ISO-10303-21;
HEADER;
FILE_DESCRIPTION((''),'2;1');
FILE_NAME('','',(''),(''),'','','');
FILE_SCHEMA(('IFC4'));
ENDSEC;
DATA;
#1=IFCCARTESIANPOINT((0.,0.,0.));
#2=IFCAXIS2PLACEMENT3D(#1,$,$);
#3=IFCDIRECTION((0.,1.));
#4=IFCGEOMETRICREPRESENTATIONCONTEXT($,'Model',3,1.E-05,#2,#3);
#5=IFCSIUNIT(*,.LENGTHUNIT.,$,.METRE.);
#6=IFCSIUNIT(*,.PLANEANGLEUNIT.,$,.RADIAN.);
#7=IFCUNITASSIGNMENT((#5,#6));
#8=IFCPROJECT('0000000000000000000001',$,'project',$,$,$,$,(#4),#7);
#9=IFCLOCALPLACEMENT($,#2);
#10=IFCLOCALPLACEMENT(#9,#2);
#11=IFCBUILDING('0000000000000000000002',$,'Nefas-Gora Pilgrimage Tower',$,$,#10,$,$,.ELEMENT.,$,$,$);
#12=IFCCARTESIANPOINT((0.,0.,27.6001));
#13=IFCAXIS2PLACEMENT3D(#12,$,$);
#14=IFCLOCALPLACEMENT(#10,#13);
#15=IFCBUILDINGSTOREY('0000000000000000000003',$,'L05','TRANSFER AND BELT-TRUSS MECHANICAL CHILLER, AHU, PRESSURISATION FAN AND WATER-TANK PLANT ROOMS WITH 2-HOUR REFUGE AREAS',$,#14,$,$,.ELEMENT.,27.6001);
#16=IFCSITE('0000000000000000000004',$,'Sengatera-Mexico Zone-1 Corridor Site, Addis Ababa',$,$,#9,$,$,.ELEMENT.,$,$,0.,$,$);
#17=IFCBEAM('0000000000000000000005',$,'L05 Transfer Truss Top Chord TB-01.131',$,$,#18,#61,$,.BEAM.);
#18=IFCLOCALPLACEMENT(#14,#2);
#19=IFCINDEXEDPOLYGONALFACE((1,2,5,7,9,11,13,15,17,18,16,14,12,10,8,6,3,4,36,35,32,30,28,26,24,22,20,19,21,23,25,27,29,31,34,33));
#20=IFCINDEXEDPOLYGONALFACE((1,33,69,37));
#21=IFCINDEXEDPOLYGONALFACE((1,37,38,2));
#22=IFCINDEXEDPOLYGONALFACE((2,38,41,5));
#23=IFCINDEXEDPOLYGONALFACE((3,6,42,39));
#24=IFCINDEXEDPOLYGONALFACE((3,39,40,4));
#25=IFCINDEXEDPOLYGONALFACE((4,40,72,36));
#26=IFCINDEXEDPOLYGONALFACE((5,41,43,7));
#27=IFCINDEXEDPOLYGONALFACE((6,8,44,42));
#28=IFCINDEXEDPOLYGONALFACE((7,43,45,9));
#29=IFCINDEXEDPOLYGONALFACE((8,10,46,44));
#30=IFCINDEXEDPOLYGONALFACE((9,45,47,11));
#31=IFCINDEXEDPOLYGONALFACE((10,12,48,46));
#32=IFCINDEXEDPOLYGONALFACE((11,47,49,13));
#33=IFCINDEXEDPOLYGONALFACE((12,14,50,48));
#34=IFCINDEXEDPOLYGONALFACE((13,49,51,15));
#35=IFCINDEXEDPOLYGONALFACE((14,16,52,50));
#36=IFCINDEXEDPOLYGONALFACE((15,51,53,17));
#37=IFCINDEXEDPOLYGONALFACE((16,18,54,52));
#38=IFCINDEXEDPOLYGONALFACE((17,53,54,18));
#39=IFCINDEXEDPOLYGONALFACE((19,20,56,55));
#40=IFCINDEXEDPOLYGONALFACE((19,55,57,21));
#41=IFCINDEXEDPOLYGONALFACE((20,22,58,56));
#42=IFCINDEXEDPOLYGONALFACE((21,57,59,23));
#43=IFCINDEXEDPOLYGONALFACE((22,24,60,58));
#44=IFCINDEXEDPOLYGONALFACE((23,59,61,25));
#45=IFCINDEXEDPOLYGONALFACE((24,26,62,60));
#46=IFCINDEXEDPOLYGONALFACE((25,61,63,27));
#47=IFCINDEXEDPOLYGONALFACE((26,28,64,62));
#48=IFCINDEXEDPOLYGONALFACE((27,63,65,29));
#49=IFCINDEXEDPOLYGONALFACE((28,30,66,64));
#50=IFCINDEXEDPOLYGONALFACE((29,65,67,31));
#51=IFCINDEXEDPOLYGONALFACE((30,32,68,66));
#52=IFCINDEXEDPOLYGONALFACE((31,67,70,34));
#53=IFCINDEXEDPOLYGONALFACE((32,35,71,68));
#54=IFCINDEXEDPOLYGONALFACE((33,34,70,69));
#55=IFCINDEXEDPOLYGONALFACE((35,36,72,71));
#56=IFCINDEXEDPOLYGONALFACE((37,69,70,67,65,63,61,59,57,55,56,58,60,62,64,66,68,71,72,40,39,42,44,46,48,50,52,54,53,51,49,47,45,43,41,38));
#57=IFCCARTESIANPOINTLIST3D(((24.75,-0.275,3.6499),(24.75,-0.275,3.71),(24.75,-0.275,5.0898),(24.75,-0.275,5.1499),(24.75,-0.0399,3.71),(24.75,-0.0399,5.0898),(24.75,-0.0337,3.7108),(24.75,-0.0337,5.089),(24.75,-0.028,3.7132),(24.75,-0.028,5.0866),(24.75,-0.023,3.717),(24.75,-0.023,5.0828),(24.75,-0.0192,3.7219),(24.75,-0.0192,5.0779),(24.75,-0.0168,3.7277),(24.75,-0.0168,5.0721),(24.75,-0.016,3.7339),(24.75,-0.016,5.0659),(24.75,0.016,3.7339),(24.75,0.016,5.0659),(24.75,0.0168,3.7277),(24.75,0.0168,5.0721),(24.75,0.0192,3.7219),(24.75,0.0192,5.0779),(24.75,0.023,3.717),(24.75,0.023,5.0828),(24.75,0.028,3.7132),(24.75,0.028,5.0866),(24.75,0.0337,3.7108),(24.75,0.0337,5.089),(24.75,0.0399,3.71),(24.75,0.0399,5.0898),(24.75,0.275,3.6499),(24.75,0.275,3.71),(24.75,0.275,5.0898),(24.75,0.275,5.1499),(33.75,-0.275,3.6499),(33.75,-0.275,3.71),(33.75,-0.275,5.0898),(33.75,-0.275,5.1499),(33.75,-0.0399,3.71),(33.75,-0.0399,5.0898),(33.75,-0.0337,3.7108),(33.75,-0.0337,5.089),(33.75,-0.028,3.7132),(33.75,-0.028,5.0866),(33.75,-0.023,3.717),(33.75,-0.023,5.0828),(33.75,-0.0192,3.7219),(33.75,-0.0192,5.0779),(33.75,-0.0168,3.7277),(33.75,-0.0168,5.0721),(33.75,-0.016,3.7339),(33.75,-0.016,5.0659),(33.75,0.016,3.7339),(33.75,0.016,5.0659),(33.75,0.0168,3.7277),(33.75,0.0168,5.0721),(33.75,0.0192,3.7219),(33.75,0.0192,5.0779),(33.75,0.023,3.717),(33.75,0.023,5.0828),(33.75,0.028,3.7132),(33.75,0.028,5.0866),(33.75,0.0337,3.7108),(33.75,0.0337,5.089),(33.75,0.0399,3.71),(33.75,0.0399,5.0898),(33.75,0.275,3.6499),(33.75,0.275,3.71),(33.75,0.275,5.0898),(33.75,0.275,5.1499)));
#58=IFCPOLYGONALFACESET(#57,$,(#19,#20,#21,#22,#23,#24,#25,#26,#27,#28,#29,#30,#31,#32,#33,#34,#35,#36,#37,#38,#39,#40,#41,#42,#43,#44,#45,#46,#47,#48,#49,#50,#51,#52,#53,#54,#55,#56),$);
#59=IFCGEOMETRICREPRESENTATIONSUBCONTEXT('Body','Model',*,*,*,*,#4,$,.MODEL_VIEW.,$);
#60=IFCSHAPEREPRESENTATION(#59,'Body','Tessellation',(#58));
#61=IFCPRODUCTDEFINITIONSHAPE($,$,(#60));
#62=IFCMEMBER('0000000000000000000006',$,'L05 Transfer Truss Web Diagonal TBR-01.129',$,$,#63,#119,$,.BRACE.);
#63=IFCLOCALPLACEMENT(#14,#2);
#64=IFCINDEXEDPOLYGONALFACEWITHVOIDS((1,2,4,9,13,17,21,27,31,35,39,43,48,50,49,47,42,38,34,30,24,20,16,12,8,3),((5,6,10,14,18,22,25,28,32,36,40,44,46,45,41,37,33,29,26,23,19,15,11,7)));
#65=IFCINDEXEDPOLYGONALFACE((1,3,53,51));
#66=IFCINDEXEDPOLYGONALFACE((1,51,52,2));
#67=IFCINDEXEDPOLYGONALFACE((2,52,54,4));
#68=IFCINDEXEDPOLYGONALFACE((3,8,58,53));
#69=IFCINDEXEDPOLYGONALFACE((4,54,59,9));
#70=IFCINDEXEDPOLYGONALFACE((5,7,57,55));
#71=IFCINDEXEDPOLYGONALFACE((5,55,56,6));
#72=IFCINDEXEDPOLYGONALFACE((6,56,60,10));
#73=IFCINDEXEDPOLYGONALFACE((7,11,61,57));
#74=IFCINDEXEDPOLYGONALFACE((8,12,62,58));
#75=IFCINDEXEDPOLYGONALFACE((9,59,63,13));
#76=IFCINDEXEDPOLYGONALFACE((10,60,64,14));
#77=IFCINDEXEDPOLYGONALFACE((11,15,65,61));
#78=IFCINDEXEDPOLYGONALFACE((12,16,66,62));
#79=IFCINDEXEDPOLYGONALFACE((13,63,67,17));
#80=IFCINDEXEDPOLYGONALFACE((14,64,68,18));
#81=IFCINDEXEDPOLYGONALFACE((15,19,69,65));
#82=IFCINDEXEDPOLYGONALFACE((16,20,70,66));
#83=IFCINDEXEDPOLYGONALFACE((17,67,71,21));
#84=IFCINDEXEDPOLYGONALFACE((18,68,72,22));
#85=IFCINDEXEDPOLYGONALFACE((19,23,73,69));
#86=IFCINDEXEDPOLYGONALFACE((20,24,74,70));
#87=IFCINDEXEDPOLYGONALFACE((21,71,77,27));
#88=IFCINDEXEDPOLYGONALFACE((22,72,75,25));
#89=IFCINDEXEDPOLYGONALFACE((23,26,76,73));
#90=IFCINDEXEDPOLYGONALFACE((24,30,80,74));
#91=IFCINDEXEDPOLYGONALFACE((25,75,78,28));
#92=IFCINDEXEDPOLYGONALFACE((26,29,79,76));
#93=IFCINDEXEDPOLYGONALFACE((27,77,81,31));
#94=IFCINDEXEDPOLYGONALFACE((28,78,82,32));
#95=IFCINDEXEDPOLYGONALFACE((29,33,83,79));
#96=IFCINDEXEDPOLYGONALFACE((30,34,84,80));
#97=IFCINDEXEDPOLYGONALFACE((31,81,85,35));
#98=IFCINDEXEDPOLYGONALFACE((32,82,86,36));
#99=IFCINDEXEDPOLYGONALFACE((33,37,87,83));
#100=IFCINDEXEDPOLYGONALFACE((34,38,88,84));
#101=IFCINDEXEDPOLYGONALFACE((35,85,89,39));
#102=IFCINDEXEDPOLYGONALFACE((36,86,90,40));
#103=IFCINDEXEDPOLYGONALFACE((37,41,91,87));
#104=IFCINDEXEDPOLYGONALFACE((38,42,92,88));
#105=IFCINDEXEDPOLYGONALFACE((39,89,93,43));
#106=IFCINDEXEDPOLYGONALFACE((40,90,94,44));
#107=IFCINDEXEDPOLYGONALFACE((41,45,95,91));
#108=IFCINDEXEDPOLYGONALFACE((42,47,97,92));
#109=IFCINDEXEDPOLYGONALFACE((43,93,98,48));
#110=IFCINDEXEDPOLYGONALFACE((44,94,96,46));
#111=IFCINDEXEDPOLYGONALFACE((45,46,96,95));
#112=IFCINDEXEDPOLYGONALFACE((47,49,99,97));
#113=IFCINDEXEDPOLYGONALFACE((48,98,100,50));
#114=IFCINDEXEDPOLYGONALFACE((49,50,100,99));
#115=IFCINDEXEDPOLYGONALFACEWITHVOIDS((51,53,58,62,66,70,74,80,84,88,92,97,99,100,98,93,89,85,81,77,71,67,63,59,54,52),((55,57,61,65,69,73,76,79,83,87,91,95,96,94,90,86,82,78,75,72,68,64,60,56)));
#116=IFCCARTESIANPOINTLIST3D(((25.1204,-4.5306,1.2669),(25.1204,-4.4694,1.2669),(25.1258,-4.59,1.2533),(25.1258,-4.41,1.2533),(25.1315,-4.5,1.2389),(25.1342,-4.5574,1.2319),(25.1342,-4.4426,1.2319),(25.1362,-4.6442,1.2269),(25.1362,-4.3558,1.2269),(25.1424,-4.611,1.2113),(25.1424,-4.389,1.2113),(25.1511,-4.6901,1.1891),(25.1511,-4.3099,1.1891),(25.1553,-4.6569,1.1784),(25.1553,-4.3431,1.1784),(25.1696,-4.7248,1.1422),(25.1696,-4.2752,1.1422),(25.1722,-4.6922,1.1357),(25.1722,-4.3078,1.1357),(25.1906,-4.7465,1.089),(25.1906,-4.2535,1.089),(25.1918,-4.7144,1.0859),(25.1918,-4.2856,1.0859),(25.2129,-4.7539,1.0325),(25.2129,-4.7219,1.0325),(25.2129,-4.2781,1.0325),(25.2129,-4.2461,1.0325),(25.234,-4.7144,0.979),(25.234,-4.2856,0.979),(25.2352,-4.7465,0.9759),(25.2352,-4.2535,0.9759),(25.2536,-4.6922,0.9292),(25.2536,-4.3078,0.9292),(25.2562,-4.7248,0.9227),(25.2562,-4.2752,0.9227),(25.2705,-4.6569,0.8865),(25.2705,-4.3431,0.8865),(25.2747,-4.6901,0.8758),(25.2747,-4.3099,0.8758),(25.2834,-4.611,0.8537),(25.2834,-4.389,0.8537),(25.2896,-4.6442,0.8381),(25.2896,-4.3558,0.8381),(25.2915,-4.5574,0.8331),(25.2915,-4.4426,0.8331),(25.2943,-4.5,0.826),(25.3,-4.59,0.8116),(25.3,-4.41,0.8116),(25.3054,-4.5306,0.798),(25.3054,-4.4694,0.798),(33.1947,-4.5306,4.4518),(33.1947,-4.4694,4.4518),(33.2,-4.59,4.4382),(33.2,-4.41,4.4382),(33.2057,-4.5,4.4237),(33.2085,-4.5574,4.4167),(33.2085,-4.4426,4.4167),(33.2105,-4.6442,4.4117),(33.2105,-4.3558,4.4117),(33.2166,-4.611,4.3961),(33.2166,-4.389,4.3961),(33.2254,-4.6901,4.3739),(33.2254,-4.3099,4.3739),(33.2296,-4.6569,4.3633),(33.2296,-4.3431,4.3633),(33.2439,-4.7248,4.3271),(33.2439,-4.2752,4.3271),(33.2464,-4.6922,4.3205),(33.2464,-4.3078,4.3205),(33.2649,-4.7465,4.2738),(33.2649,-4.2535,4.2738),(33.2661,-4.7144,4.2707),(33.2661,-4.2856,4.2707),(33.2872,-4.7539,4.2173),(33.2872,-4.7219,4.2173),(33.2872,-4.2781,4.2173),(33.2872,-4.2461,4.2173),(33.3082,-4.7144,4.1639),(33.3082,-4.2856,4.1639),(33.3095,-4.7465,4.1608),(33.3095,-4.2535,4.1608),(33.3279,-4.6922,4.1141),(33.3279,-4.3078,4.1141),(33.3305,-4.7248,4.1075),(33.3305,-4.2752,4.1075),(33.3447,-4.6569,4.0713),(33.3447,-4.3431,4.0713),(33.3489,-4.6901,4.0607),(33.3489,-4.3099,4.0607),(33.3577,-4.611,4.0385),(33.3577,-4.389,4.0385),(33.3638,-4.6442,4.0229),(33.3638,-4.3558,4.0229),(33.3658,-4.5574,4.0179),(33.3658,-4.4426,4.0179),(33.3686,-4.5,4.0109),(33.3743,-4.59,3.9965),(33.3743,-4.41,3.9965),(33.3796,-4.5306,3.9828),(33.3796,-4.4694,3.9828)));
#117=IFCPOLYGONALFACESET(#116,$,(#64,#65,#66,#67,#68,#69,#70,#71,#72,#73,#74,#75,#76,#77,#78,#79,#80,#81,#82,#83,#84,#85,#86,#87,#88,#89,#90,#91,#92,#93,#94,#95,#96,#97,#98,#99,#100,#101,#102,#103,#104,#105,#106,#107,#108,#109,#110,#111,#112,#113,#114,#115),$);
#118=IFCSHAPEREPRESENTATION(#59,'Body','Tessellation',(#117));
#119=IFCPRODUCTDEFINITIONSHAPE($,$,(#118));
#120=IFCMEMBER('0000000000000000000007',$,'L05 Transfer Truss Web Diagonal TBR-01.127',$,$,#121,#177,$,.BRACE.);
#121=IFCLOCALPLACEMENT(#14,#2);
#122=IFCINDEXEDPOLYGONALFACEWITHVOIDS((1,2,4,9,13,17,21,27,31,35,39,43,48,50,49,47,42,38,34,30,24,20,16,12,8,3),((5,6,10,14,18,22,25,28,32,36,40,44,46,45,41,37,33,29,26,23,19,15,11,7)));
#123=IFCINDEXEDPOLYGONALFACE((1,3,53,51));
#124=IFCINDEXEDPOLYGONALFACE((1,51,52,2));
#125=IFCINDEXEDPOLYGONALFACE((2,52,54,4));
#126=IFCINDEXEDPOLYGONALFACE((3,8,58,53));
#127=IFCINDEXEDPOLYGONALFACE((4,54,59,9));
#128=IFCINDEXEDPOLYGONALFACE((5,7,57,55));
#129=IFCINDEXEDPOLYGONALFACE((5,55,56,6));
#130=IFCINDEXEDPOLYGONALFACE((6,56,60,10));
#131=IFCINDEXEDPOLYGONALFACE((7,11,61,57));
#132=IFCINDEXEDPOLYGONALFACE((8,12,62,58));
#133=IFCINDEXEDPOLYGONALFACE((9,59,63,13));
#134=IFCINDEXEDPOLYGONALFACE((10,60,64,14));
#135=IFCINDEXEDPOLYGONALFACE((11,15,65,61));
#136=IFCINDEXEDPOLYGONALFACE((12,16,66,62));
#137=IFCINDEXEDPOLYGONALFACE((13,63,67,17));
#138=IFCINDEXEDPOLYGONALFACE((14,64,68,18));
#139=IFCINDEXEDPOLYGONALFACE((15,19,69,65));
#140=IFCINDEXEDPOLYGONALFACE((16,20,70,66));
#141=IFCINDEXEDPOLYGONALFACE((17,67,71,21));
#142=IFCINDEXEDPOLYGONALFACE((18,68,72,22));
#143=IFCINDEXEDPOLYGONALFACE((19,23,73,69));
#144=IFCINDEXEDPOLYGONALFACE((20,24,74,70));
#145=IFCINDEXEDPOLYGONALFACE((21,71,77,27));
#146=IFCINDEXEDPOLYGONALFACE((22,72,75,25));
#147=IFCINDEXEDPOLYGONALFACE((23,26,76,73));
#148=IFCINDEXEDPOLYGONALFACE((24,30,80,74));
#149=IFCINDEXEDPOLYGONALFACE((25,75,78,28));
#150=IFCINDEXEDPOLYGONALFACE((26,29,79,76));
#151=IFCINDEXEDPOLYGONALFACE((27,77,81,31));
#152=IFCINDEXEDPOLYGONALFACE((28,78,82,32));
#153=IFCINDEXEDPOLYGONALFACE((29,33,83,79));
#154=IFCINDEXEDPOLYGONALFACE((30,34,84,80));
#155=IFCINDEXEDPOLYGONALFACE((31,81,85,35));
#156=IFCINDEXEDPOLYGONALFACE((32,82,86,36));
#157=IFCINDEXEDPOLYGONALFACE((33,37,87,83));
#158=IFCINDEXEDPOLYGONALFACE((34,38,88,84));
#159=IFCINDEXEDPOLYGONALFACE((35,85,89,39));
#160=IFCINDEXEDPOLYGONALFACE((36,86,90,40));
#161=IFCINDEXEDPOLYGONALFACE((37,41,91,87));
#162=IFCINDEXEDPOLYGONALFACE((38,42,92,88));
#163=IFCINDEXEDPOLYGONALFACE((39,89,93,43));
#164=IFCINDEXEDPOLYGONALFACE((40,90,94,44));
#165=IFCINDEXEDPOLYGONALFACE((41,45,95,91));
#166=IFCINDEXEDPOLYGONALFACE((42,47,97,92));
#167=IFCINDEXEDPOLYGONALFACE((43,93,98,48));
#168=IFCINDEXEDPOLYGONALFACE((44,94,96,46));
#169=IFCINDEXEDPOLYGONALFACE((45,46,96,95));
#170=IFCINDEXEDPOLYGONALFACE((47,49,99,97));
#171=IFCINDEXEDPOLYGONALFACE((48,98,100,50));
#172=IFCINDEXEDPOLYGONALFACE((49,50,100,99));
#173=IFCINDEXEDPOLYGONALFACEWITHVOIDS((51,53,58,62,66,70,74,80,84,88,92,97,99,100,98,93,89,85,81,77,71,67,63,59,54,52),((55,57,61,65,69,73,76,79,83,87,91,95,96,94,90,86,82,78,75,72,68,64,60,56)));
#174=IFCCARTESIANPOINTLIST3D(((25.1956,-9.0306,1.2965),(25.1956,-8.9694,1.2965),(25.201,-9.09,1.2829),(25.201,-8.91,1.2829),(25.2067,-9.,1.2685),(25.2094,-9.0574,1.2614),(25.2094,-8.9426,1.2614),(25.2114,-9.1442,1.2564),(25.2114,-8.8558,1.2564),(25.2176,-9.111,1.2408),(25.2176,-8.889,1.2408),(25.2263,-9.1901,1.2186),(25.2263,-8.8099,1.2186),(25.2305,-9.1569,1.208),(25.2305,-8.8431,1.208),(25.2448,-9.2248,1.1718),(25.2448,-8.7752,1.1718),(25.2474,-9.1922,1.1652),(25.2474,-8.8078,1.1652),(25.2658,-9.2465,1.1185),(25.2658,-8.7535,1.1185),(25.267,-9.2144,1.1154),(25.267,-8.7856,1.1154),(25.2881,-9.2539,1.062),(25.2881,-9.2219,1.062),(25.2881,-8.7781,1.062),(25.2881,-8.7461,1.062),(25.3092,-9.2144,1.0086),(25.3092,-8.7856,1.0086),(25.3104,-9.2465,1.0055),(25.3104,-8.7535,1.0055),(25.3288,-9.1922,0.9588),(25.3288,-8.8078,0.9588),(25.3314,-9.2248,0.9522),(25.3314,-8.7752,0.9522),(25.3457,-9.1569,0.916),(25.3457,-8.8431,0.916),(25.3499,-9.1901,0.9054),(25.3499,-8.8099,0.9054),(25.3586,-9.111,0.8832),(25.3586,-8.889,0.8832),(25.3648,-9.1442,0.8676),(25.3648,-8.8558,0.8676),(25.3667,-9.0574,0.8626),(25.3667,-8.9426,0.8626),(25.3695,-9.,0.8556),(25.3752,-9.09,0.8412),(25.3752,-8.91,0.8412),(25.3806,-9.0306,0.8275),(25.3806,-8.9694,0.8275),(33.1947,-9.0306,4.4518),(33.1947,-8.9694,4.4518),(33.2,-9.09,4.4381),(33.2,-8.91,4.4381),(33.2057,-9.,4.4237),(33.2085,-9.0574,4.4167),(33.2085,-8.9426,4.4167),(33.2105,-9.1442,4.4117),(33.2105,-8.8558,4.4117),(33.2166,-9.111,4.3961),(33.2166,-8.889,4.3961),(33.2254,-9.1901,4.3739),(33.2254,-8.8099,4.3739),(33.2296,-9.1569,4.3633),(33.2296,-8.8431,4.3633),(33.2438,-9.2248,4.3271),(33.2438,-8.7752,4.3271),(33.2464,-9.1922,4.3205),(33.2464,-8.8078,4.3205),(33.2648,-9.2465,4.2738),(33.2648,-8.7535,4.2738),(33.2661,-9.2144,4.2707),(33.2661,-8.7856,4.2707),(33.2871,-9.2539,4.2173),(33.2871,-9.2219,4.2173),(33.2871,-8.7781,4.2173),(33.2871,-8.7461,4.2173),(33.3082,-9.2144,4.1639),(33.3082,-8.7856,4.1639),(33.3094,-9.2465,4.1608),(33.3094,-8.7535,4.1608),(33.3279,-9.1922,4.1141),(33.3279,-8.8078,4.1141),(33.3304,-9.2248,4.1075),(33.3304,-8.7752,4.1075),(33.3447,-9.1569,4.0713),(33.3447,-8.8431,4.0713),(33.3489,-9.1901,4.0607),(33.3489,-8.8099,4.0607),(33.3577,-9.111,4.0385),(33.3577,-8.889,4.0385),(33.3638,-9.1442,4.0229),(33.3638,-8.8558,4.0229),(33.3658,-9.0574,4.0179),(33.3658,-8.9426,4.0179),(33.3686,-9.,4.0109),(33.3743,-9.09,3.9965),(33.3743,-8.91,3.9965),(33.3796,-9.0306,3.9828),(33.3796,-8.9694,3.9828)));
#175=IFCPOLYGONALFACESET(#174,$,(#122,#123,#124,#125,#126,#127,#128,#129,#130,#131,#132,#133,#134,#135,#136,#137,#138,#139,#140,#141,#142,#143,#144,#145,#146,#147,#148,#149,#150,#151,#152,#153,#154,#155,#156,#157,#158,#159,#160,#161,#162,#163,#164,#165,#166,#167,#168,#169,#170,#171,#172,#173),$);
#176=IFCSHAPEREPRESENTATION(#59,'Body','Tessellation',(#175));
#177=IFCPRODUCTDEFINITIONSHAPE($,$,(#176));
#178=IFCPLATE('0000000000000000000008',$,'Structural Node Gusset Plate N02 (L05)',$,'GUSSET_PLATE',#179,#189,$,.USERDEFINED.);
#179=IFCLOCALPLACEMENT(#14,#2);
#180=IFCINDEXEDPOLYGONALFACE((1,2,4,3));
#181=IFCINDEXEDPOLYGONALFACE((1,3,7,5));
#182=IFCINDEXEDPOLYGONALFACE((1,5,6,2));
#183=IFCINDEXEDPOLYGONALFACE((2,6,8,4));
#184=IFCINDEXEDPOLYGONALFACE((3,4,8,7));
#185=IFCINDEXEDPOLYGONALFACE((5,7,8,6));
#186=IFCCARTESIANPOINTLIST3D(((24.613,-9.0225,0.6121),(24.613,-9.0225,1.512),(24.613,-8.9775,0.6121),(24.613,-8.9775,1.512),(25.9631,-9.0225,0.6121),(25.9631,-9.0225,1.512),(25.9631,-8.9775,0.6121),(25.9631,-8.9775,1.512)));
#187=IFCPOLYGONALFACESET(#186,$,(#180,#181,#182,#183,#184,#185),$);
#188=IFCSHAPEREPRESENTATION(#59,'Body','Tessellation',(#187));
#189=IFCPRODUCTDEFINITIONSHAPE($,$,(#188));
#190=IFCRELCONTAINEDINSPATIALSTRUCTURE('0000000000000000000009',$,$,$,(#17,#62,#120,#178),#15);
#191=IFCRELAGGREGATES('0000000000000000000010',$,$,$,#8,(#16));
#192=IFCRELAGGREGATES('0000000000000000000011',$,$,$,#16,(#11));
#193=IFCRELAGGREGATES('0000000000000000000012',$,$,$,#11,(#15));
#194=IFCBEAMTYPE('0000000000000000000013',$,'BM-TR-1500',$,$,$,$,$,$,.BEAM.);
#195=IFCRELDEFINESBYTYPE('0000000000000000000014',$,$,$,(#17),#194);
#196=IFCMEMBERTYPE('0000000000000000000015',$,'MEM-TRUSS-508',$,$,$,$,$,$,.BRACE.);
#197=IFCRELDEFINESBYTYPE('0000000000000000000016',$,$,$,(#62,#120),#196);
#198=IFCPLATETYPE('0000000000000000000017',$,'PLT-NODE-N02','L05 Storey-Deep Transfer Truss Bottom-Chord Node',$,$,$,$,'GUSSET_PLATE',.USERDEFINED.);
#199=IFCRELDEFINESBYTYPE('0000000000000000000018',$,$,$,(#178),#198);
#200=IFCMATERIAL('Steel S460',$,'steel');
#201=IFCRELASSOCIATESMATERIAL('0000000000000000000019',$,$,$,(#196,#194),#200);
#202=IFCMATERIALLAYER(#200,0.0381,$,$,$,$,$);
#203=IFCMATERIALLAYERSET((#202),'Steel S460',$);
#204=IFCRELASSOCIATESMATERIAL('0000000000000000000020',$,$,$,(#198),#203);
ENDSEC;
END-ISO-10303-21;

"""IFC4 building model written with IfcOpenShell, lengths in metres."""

from ifc_helpers import new_model, si_unit, direction, frame, origin, origin_2d, place, context, subcontext, project, spatial, rectangle, hollow_circle, i_section, extrude, source, transform, mapped, material, layer, layer_set, material_profile, profile_set, type_object, element, save


model = new_model("IFC4")

# Units and contexts
model_context = context("Model", 3, precision=1e-05, world=origin(), true_north=direction((0.0, 1.0)))
body_context = subcontext(model_context, "Body", "Model", "MODEL_VIEW")
ifc_project = project(units=[si_unit("LENGTHUNIT", "METRE"), si_unit("PLANEANGLEUNIT", "RADIAN")], contexts=[model_context])

# Site, building, storey
site_placement = place(None, origin())
site = spatial("IfcSite", under=ifc_project, at=site_placement, Name="Sengatera-Mexico Zone-1 Corridor Site, Addis Ababa", CompositionType="ELEMENT", RefElevation=0.0)
building_placement = place(site_placement, origin())
building = spatial("IfcBuilding", under=site, at=building_placement, Name="Nefas-Gora Pilgrimage Tower", CompositionType="ELEMENT")
storey_placement = place(building_placement, frame((0.0, 0.0, 27.6001)))
storey = spatial("IfcBuildingStorey", under=building, at=storey_placement, Name="L05", Description="TRANSFER AND BELT-TRUSS MECHANICAL CHILLER, AHU, PRESSURISATION FAN AND WATER-TANK PLANT ROOMS WITH 2-HOUR REFUGE AREAS", CompositionType="ELEMENT", Elevation=27.6001)

# Shared definitions
ifc_material = material(Name="Steel S460", Category="steel")

# Shared definitions
ifc_material_profile_1 = material_profile(ifc_material, hollow_circle(Radius=0.2539, WallThickness=0.032, at=origin_2d()), Name="CHS 508x32")
ifc_profile_set_1 = profile_set([ifc_material_profile_1], Name="Steel S460")
member_type = type_object("IfcMemberType", Name="MEM-TRUSS-508", PredefinedType="BRACE", material=ifc_profile_set_1)

# Shared definitions
ifc_material_profile_2 = material_profile(ifc_material, i_section(OverallWidth=0.55, OverallDepth=1.5, WebThickness=0.032, FlangeThickness=0.0601, FilletRadius=0.0239, at=origin_2d()), Name="WPG 1500x550x32x60")
ifc_profile_set_2 = profile_set([ifc_material_profile_2], Name="Steel S460")
beam_type_1 = type_object("IfcBeamType", Name="BM-TR-1500", PredefinedType="BEAM", material=ifc_profile_set_2)

# Beam
shared_shape_1 = source(origin(), body_context, "Body", "SweptSolid", [
    extrude(i_section(OverallWidth=0.55, OverallDepth=1.5, WebThickness=0.032, FlangeThickness=0.0601, FilletRadius=0.0239, at=origin_2d()), origin(), (0.0, 0.0, 1.0), 9.0),
])
beam_placement = place(storey_placement, frame((24.75, 0.0, 4.3999), z_axis=(1.0, 0.0, 0.0), x_axis=(0.0, 1.0, 0.0)))
element("IfcBeam", 1, at=beam_placement, inside=storey, type_object=beam_type_1, Name="L05 Transfer Truss Top Chord TB-01.131", PredefinedType="BEAM", context=body_context, shape_type="MappedRepresentation", body=[
    mapped(shared_shape_1, transform((0.0, 0.0, 0.0), x_axis=(1.0, 0.0, 0.0), y_axis=(0.0, 1.0, 0.0), z_axis=(0.0, 0.0, 1.0), scale=1.0)),
])

# Members
shared_shape_2 = source(origin(), body_context, "Body", "SweptSolid", [
    extrude(hollow_circle(Radius=0.2539, WallThickness=0.032, at=origin_2d()), origin(), (0.0, 0.0, 1.0), 8.6797),
])
member_1_placement = place(storey_placement, frame((25.2129, -4.5, 1.0325), z_axis=(0.930249, 0.0, 0.36693), x_axis=(0.0, 1.0, 0.0)))
element("IfcMember", 2, at=member_1_placement, inside=storey, type_object=member_type, Name="L05 Transfer Truss Web Diagonal TBR-01.129", PredefinedType="BRACE", context=body_context, shape_type="MappedRepresentation", body=[
    mapped(shared_shape_2, transform((0.0, 0.0, 0.0), x_axis=(1.0, 0.0, 0.0), y_axis=(0.0, 1.0, 0.0), z_axis=(0.0, 0.0, 1.0), scale=1.0)),
])
shared_shape_3 = source(origin(), body_context, "Body", "SweptSolid", [
    extrude(hollow_circle(Radius=0.2539, WallThickness=0.032, at=origin_2d()), origin(), (0.0, 0.0, 1.0), 8.5989),
])
member_2_placement = place(storey_placement, frame((25.2881, -9.0, 1.062), z_axis=(0.930244, 0.0, 0.366942), x_axis=(0.0, 1.0, 0.0)))
element("IfcMember", 3, at=member_2_placement, inside=storey, type_object=member_type, Name="L05 Transfer Truss Web Diagonal TBR-01.127", PredefinedType="BRACE", context=body_context, shape_type="MappedRepresentation", body=[
    mapped(shared_shape_3, transform((0.0, 0.0, 0.0), x_axis=(1.0, 0.0, 0.0), y_axis=(0.0, 1.0, 0.0), z_axis=(0.0, 0.0, 1.0), scale=1.0)),
])

# Plate
ifc_layer_1 = layer(ifc_material, 0.0381)
ifc_layer_set_1 = layer_set([ifc_layer_1], Name="Steel S460")
plate_type_1 = type_object("IfcPlateType", Name="PLT-NODE-N02", Description="L05 Storey-Deep Transfer Truss Bottom-Chord Node", ElementType="GUSSET_PLATE", PredefinedType="USERDEFINED", material=ifc_layer_set_1)
shared_shape_4 = source(origin(), body_context, "Body", "SweptSolid", [
    extrude(rectangle(XDim=1.3501, YDim=0.0449, at=origin_2d()), origin(), (0.0, 0.0, 1.0), 0.8999),
])
plate_1_placement = place(storey_placement, frame((25.2881, -9.0, 0.6121), z_axis=(0.0, 0.0, 1.0), x_axis=(1.0, 0.0, 0.0)))
element("IfcPlate", 4, at=plate_1_placement, inside=storey, type_object=plate_type_1, Name="Structural Node Gusset Plate N02 (L05)", ObjectType="GUSSET_PLATE", PredefinedType="USERDEFINED", context=body_context, shape_type="MappedRepresentation", body=[
    mapped(shared_shape_4, transform((0.0, 0.0, 0.0), x_axis=(1.0, 0.0, 0.0), y_axis=(0.0, 1.0, 0.0), z_axis=(0.0, 0.0, 1.0), scale=1.0)),
])

save(model, "model.ifc")
